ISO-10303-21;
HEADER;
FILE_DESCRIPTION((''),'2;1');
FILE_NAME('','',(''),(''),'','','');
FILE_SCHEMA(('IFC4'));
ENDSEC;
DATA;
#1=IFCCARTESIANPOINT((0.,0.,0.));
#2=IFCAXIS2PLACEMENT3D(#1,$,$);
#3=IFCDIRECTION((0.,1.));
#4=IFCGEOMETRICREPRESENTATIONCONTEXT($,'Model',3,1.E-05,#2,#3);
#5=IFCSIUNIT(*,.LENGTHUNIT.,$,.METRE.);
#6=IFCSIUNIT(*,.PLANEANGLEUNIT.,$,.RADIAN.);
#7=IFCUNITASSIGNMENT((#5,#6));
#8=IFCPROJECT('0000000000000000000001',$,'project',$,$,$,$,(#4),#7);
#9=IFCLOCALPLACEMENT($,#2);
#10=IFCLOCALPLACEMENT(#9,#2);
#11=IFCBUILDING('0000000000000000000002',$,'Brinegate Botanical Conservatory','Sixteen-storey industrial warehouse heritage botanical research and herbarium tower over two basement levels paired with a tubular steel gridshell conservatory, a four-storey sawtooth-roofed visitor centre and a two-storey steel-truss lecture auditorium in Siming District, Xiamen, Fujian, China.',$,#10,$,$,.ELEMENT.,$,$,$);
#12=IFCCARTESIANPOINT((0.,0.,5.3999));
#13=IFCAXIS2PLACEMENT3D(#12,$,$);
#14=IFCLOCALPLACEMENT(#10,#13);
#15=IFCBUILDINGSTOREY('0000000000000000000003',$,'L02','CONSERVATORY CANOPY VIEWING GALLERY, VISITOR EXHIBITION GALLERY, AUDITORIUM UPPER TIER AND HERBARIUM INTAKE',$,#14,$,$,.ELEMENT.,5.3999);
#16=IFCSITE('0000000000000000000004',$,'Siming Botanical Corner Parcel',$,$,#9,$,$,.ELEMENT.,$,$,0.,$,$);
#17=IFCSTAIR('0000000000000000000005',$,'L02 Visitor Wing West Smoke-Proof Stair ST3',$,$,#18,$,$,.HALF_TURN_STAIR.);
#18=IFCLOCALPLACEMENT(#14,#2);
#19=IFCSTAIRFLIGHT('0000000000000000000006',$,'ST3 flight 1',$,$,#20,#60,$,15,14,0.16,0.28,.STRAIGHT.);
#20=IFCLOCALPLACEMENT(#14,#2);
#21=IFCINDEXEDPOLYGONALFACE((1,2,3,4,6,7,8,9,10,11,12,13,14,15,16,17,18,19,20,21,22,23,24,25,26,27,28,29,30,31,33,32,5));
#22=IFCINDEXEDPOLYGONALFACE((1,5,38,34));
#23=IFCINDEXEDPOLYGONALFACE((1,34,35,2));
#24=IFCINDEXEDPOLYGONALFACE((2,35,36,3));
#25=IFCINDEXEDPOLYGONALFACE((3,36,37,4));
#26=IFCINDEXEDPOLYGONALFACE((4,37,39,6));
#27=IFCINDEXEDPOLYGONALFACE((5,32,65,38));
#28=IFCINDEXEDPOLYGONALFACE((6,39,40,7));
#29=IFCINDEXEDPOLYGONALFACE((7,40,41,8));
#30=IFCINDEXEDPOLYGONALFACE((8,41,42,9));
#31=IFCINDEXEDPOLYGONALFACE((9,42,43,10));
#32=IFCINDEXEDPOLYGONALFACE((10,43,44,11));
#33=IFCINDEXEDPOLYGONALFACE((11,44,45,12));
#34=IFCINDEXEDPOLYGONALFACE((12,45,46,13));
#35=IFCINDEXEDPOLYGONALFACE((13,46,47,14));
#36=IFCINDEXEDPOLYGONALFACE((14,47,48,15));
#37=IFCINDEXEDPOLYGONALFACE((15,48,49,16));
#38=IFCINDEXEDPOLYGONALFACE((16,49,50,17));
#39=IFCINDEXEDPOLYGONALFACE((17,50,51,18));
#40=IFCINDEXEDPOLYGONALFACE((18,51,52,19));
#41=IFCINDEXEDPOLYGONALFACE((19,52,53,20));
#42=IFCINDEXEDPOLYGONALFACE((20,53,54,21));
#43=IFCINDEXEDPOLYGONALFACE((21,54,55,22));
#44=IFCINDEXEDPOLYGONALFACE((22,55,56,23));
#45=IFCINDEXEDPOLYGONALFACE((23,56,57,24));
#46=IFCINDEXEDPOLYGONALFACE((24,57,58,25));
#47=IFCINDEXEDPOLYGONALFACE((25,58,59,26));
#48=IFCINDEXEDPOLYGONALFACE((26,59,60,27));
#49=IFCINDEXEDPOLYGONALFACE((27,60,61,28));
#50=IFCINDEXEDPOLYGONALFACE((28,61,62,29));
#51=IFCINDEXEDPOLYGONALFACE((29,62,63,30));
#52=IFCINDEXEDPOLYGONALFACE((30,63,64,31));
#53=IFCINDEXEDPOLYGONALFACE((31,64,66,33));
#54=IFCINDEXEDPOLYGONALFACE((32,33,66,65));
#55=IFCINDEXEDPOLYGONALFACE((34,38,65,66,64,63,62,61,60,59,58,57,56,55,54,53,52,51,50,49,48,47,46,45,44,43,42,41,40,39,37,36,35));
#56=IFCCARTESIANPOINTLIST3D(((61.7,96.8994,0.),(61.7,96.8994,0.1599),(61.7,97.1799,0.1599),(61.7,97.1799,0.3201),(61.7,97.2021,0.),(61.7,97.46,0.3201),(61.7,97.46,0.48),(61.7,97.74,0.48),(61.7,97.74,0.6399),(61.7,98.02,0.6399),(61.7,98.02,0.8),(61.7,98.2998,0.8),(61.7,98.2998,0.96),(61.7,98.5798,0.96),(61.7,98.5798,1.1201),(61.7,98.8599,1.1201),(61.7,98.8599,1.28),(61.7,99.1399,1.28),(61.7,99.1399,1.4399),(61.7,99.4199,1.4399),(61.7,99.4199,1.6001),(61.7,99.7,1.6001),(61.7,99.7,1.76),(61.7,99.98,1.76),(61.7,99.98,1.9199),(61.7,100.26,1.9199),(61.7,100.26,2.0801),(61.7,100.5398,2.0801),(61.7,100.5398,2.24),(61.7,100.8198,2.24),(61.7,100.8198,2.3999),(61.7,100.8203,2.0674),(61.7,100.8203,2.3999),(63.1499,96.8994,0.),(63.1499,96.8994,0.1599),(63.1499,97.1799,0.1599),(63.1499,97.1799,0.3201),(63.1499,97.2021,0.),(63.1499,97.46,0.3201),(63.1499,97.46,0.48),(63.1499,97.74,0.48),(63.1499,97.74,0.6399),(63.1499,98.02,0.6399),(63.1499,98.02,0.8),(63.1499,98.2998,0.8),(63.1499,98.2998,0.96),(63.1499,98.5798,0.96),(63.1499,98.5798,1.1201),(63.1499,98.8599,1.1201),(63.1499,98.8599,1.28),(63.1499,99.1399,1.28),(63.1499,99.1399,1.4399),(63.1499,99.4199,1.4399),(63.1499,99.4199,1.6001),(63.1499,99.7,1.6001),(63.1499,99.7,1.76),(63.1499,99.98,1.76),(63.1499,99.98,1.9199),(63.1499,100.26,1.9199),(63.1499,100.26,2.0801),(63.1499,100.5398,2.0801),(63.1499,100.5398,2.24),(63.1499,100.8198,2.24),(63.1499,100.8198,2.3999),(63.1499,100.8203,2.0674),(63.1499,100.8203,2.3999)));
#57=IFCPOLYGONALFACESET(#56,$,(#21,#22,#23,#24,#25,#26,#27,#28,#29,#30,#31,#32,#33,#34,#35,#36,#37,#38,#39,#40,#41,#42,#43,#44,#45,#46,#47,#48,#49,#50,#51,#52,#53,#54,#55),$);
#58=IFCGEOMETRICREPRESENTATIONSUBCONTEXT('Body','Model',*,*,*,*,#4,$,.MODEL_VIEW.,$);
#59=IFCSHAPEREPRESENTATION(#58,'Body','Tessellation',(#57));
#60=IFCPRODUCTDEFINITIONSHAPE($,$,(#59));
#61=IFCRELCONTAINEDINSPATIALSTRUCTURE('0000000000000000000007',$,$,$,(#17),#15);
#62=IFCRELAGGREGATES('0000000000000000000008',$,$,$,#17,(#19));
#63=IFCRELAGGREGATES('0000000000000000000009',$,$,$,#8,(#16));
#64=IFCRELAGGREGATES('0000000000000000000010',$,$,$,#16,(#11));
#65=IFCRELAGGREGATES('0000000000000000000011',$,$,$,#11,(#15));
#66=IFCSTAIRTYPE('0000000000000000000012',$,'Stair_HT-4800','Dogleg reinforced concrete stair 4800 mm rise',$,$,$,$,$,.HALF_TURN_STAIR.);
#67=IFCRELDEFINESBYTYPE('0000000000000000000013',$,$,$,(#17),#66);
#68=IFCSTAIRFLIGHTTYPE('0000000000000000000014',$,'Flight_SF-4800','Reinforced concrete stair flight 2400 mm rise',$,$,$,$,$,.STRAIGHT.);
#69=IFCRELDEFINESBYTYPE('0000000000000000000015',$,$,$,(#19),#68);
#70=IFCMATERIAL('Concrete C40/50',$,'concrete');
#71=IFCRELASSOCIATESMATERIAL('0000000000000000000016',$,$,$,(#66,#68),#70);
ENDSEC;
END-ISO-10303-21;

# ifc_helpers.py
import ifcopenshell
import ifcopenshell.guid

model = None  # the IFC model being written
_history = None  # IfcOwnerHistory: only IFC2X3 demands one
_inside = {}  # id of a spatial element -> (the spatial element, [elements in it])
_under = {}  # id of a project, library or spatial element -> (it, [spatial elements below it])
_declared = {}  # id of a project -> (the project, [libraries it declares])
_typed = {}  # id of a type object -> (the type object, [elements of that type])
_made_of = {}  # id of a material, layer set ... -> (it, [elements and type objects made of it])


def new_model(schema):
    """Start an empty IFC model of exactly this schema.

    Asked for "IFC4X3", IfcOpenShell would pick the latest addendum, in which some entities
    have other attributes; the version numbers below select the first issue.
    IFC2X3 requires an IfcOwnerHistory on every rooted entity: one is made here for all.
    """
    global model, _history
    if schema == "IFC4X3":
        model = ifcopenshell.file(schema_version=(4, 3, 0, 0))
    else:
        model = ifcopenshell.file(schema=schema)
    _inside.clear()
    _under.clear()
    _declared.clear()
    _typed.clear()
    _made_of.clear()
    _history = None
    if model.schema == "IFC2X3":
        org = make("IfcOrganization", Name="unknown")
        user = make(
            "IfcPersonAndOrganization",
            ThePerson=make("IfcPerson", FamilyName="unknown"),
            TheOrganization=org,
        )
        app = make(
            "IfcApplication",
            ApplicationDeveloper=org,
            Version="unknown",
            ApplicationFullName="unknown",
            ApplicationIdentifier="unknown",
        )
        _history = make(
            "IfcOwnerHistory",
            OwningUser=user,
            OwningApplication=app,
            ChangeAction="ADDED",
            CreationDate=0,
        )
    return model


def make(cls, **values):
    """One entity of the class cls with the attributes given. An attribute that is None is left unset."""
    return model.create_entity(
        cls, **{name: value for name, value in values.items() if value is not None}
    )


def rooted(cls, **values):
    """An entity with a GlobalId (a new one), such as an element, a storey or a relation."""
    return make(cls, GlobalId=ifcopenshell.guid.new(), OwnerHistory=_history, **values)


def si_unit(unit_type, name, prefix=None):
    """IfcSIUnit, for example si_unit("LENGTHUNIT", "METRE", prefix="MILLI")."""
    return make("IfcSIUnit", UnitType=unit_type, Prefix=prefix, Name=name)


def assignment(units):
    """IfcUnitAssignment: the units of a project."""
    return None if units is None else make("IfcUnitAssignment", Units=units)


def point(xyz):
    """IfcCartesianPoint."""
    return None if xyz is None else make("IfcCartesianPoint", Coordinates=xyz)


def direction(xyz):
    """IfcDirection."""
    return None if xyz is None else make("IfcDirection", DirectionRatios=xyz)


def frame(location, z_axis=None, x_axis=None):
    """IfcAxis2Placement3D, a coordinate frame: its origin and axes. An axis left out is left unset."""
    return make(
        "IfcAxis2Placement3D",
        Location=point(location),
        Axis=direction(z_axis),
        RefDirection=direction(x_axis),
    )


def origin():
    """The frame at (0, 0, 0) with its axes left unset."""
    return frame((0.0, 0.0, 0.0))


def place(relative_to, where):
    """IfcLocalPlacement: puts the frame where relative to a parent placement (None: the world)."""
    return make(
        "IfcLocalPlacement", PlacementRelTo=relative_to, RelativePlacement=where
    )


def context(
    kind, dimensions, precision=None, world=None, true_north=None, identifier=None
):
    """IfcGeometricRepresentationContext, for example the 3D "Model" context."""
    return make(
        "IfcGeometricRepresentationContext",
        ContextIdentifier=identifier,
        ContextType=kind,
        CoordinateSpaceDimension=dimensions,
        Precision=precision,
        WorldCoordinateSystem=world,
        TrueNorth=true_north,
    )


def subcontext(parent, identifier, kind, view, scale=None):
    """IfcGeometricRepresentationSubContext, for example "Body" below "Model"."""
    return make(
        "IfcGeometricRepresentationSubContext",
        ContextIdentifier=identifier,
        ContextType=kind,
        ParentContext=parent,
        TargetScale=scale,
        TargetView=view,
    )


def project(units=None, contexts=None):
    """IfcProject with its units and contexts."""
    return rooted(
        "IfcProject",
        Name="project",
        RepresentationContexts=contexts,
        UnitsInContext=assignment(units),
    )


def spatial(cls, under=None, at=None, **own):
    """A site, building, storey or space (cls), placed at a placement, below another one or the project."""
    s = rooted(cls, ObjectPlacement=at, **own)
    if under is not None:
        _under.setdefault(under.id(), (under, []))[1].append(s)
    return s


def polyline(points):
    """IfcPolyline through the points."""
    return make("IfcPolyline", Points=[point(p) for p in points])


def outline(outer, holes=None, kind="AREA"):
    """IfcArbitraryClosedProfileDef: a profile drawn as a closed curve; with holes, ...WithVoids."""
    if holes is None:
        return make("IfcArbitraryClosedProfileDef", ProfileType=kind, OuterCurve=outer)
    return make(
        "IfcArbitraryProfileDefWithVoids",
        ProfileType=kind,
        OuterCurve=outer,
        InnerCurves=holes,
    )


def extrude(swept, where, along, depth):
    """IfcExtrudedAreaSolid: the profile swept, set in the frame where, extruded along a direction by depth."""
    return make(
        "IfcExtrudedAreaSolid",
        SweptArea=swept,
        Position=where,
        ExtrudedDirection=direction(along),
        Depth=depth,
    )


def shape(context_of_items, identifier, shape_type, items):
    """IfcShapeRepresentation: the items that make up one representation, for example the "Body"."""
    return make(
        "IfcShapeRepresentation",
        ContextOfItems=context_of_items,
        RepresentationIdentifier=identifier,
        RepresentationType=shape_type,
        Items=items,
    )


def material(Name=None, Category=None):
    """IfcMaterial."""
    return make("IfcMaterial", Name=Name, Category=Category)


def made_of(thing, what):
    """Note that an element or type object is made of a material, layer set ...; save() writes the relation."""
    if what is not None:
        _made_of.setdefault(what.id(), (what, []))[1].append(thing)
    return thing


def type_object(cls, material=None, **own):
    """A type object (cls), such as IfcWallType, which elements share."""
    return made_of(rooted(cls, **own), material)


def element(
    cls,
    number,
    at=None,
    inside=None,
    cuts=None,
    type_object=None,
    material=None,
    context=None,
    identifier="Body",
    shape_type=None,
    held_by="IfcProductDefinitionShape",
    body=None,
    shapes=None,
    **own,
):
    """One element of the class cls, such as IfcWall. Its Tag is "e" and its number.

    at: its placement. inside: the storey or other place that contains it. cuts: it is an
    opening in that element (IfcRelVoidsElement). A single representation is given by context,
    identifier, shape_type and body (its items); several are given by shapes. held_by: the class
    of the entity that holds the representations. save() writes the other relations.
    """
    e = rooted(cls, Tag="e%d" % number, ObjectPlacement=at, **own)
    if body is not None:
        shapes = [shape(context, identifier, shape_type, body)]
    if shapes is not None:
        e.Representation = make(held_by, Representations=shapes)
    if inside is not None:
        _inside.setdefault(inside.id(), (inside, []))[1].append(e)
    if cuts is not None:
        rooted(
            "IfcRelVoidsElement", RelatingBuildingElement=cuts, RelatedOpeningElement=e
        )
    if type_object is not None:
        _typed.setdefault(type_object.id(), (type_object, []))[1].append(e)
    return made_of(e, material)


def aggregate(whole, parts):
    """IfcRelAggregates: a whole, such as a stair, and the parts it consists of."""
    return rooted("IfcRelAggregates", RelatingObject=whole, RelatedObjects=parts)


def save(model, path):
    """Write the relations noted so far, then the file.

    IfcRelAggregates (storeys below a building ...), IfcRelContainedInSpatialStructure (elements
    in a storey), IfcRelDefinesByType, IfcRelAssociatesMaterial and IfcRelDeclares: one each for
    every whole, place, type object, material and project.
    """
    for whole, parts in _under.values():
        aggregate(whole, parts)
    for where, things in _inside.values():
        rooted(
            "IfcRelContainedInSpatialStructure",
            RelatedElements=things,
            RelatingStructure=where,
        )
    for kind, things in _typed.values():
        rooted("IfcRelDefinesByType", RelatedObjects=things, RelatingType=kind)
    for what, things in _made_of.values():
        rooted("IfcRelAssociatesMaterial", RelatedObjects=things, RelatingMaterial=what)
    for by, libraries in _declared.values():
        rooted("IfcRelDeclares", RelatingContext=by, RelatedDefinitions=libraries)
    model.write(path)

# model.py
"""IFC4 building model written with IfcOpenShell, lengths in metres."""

from ifc_helpers import new_model, si_unit, direction, frame, origin, place, context, subcontext, project, spatial, polyline, outline, extrude, material, type_object, element, aggregate, save


model = new_model("IFC4")

# Units and contexts
model_context = context("Model", 3, precision=1e-05, world=origin(), true_north=direction((0.0, 1.0)))
body_context = subcontext(model_context, "Body", "Model", "MODEL_VIEW")
ifc_project = project(units=[si_unit("LENGTHUNIT", "METRE"), si_unit("PLANEANGLEUNIT", "RADIAN")], contexts=[model_context])

# Site, building, storey
site_placement = place(None, origin())
site = spatial("IfcSite", under=ifc_project, at=site_placement, Name="Siming Botanical Corner Parcel", CompositionType="ELEMENT", RefElevation=0.0)
building_placement = place(site_placement, origin())
building = spatial("IfcBuilding", under=site, at=building_placement, Name="Brinegate Botanical Conservatory", Description="Sixteen-storey industrial warehouse heritage botanical research and herbarium tower over two basement levels paired with a tubular steel gridshell conservatory, a four-storey sawtooth-roofed visitor centre and a two-storey steel-truss lecture auditorium in Siming District, Xiamen, Fujian, China.", CompositionType="ELEMENT")
storey_placement = place(building_placement, frame((0.0, 0.0, 5.3999)))
storey = spatial("IfcBuildingStorey", under=building, at=storey_placement, Name="L02", Description="CONSERVATORY CANOPY VIEWING GALLERY, VISITOR EXHIBITION GALLERY, AUDITORIUM UPPER TIER AND HERBARIUM INTAKE", CompositionType="ELEMENT", Elevation=5.3999)

# Shared definitions
ifc_material_1 = material(Name="Concrete C40/50", Category="concrete")

# Stair, stair flight
stair_type = type_object("IfcStairType", Name="Stair_HT-4800", Description="Dogleg reinforced concrete stair 4800 mm rise", PredefinedType="HALF_TURN_STAIR", material=ifc_material_1)
stair_placement = place(storey_placement, origin())
stair = element("IfcStair", 1, at=stair_placement, inside=storey, type_object=stair_type, Name="L02 Visitor Wing West Smoke-Proof Stair ST3", PredefinedType="HALF_TURN_STAIR")
stair_flight_type = type_object("IfcStairFlightType", Name="Flight_SF-4800", Description="Reinforced concrete stair flight 2400 mm rise", PredefinedType="STRAIGHT", material=ifc_material_1)
stair_flight_placement = place(storey_placement, frame((62.425, 96.8999, 0.0), z_axis=(0.0, 0.0, 1.0), x_axis=(0.0, 1.0, 0.0)))
stair_flight = element("IfcStairFlight", 2, at=stair_flight_placement, type_object=stair_flight_type, Name="ST3 flight 1", NumberOfRisers=15, NumberOfTreads=14, PredefinedType="STRAIGHT", RiserHeight=0.16, TreadLength=0.28, context=body_context, shape_type="SweptSolid", body=[
    extrude(outline(polyline([(-0.0005, 0.0), (-0.0005, 0.1599), (0.28, 0.1599), (0.28, 0.3201), (0.5601, 0.3201), (0.5601, 0.48), (0.8401, 0.48), (0.8401, 0.6399), (1.1201, 0.6399), (1.1201, 0.8), (1.3999, 0.8), (1.3999, 0.96), (1.6799, 0.96), (1.6799, 1.1201), (1.96, 1.1201), (1.96, 1.28), (2.24, 1.28), (2.24, 1.4399), (2.52, 1.4399), (2.52, 1.6001), (2.8, 1.6001), (2.8, 1.76), (3.0801, 1.76), (3.0801, 1.9199), (3.3601, 1.9199), (3.3601, 2.0801), (3.6399, 2.0801), (3.6399, 2.24), (3.9199, 2.24), (3.9199, 2.3999), (3.9204, 2.3999), (3.9204, 2.0674), (0.3022, 0.0), (-0.0005, 0.0)])), frame((0.0, 0.7251, 0.0), z_axis=(0.0, -1.0, 0.0), x_axis=(1.0, 0.0, 0.0)), (0.0, 0.0, 1.0), 1.45),
])
aggregate(stair, [stair_flight])

save(model, "model.ifc")
